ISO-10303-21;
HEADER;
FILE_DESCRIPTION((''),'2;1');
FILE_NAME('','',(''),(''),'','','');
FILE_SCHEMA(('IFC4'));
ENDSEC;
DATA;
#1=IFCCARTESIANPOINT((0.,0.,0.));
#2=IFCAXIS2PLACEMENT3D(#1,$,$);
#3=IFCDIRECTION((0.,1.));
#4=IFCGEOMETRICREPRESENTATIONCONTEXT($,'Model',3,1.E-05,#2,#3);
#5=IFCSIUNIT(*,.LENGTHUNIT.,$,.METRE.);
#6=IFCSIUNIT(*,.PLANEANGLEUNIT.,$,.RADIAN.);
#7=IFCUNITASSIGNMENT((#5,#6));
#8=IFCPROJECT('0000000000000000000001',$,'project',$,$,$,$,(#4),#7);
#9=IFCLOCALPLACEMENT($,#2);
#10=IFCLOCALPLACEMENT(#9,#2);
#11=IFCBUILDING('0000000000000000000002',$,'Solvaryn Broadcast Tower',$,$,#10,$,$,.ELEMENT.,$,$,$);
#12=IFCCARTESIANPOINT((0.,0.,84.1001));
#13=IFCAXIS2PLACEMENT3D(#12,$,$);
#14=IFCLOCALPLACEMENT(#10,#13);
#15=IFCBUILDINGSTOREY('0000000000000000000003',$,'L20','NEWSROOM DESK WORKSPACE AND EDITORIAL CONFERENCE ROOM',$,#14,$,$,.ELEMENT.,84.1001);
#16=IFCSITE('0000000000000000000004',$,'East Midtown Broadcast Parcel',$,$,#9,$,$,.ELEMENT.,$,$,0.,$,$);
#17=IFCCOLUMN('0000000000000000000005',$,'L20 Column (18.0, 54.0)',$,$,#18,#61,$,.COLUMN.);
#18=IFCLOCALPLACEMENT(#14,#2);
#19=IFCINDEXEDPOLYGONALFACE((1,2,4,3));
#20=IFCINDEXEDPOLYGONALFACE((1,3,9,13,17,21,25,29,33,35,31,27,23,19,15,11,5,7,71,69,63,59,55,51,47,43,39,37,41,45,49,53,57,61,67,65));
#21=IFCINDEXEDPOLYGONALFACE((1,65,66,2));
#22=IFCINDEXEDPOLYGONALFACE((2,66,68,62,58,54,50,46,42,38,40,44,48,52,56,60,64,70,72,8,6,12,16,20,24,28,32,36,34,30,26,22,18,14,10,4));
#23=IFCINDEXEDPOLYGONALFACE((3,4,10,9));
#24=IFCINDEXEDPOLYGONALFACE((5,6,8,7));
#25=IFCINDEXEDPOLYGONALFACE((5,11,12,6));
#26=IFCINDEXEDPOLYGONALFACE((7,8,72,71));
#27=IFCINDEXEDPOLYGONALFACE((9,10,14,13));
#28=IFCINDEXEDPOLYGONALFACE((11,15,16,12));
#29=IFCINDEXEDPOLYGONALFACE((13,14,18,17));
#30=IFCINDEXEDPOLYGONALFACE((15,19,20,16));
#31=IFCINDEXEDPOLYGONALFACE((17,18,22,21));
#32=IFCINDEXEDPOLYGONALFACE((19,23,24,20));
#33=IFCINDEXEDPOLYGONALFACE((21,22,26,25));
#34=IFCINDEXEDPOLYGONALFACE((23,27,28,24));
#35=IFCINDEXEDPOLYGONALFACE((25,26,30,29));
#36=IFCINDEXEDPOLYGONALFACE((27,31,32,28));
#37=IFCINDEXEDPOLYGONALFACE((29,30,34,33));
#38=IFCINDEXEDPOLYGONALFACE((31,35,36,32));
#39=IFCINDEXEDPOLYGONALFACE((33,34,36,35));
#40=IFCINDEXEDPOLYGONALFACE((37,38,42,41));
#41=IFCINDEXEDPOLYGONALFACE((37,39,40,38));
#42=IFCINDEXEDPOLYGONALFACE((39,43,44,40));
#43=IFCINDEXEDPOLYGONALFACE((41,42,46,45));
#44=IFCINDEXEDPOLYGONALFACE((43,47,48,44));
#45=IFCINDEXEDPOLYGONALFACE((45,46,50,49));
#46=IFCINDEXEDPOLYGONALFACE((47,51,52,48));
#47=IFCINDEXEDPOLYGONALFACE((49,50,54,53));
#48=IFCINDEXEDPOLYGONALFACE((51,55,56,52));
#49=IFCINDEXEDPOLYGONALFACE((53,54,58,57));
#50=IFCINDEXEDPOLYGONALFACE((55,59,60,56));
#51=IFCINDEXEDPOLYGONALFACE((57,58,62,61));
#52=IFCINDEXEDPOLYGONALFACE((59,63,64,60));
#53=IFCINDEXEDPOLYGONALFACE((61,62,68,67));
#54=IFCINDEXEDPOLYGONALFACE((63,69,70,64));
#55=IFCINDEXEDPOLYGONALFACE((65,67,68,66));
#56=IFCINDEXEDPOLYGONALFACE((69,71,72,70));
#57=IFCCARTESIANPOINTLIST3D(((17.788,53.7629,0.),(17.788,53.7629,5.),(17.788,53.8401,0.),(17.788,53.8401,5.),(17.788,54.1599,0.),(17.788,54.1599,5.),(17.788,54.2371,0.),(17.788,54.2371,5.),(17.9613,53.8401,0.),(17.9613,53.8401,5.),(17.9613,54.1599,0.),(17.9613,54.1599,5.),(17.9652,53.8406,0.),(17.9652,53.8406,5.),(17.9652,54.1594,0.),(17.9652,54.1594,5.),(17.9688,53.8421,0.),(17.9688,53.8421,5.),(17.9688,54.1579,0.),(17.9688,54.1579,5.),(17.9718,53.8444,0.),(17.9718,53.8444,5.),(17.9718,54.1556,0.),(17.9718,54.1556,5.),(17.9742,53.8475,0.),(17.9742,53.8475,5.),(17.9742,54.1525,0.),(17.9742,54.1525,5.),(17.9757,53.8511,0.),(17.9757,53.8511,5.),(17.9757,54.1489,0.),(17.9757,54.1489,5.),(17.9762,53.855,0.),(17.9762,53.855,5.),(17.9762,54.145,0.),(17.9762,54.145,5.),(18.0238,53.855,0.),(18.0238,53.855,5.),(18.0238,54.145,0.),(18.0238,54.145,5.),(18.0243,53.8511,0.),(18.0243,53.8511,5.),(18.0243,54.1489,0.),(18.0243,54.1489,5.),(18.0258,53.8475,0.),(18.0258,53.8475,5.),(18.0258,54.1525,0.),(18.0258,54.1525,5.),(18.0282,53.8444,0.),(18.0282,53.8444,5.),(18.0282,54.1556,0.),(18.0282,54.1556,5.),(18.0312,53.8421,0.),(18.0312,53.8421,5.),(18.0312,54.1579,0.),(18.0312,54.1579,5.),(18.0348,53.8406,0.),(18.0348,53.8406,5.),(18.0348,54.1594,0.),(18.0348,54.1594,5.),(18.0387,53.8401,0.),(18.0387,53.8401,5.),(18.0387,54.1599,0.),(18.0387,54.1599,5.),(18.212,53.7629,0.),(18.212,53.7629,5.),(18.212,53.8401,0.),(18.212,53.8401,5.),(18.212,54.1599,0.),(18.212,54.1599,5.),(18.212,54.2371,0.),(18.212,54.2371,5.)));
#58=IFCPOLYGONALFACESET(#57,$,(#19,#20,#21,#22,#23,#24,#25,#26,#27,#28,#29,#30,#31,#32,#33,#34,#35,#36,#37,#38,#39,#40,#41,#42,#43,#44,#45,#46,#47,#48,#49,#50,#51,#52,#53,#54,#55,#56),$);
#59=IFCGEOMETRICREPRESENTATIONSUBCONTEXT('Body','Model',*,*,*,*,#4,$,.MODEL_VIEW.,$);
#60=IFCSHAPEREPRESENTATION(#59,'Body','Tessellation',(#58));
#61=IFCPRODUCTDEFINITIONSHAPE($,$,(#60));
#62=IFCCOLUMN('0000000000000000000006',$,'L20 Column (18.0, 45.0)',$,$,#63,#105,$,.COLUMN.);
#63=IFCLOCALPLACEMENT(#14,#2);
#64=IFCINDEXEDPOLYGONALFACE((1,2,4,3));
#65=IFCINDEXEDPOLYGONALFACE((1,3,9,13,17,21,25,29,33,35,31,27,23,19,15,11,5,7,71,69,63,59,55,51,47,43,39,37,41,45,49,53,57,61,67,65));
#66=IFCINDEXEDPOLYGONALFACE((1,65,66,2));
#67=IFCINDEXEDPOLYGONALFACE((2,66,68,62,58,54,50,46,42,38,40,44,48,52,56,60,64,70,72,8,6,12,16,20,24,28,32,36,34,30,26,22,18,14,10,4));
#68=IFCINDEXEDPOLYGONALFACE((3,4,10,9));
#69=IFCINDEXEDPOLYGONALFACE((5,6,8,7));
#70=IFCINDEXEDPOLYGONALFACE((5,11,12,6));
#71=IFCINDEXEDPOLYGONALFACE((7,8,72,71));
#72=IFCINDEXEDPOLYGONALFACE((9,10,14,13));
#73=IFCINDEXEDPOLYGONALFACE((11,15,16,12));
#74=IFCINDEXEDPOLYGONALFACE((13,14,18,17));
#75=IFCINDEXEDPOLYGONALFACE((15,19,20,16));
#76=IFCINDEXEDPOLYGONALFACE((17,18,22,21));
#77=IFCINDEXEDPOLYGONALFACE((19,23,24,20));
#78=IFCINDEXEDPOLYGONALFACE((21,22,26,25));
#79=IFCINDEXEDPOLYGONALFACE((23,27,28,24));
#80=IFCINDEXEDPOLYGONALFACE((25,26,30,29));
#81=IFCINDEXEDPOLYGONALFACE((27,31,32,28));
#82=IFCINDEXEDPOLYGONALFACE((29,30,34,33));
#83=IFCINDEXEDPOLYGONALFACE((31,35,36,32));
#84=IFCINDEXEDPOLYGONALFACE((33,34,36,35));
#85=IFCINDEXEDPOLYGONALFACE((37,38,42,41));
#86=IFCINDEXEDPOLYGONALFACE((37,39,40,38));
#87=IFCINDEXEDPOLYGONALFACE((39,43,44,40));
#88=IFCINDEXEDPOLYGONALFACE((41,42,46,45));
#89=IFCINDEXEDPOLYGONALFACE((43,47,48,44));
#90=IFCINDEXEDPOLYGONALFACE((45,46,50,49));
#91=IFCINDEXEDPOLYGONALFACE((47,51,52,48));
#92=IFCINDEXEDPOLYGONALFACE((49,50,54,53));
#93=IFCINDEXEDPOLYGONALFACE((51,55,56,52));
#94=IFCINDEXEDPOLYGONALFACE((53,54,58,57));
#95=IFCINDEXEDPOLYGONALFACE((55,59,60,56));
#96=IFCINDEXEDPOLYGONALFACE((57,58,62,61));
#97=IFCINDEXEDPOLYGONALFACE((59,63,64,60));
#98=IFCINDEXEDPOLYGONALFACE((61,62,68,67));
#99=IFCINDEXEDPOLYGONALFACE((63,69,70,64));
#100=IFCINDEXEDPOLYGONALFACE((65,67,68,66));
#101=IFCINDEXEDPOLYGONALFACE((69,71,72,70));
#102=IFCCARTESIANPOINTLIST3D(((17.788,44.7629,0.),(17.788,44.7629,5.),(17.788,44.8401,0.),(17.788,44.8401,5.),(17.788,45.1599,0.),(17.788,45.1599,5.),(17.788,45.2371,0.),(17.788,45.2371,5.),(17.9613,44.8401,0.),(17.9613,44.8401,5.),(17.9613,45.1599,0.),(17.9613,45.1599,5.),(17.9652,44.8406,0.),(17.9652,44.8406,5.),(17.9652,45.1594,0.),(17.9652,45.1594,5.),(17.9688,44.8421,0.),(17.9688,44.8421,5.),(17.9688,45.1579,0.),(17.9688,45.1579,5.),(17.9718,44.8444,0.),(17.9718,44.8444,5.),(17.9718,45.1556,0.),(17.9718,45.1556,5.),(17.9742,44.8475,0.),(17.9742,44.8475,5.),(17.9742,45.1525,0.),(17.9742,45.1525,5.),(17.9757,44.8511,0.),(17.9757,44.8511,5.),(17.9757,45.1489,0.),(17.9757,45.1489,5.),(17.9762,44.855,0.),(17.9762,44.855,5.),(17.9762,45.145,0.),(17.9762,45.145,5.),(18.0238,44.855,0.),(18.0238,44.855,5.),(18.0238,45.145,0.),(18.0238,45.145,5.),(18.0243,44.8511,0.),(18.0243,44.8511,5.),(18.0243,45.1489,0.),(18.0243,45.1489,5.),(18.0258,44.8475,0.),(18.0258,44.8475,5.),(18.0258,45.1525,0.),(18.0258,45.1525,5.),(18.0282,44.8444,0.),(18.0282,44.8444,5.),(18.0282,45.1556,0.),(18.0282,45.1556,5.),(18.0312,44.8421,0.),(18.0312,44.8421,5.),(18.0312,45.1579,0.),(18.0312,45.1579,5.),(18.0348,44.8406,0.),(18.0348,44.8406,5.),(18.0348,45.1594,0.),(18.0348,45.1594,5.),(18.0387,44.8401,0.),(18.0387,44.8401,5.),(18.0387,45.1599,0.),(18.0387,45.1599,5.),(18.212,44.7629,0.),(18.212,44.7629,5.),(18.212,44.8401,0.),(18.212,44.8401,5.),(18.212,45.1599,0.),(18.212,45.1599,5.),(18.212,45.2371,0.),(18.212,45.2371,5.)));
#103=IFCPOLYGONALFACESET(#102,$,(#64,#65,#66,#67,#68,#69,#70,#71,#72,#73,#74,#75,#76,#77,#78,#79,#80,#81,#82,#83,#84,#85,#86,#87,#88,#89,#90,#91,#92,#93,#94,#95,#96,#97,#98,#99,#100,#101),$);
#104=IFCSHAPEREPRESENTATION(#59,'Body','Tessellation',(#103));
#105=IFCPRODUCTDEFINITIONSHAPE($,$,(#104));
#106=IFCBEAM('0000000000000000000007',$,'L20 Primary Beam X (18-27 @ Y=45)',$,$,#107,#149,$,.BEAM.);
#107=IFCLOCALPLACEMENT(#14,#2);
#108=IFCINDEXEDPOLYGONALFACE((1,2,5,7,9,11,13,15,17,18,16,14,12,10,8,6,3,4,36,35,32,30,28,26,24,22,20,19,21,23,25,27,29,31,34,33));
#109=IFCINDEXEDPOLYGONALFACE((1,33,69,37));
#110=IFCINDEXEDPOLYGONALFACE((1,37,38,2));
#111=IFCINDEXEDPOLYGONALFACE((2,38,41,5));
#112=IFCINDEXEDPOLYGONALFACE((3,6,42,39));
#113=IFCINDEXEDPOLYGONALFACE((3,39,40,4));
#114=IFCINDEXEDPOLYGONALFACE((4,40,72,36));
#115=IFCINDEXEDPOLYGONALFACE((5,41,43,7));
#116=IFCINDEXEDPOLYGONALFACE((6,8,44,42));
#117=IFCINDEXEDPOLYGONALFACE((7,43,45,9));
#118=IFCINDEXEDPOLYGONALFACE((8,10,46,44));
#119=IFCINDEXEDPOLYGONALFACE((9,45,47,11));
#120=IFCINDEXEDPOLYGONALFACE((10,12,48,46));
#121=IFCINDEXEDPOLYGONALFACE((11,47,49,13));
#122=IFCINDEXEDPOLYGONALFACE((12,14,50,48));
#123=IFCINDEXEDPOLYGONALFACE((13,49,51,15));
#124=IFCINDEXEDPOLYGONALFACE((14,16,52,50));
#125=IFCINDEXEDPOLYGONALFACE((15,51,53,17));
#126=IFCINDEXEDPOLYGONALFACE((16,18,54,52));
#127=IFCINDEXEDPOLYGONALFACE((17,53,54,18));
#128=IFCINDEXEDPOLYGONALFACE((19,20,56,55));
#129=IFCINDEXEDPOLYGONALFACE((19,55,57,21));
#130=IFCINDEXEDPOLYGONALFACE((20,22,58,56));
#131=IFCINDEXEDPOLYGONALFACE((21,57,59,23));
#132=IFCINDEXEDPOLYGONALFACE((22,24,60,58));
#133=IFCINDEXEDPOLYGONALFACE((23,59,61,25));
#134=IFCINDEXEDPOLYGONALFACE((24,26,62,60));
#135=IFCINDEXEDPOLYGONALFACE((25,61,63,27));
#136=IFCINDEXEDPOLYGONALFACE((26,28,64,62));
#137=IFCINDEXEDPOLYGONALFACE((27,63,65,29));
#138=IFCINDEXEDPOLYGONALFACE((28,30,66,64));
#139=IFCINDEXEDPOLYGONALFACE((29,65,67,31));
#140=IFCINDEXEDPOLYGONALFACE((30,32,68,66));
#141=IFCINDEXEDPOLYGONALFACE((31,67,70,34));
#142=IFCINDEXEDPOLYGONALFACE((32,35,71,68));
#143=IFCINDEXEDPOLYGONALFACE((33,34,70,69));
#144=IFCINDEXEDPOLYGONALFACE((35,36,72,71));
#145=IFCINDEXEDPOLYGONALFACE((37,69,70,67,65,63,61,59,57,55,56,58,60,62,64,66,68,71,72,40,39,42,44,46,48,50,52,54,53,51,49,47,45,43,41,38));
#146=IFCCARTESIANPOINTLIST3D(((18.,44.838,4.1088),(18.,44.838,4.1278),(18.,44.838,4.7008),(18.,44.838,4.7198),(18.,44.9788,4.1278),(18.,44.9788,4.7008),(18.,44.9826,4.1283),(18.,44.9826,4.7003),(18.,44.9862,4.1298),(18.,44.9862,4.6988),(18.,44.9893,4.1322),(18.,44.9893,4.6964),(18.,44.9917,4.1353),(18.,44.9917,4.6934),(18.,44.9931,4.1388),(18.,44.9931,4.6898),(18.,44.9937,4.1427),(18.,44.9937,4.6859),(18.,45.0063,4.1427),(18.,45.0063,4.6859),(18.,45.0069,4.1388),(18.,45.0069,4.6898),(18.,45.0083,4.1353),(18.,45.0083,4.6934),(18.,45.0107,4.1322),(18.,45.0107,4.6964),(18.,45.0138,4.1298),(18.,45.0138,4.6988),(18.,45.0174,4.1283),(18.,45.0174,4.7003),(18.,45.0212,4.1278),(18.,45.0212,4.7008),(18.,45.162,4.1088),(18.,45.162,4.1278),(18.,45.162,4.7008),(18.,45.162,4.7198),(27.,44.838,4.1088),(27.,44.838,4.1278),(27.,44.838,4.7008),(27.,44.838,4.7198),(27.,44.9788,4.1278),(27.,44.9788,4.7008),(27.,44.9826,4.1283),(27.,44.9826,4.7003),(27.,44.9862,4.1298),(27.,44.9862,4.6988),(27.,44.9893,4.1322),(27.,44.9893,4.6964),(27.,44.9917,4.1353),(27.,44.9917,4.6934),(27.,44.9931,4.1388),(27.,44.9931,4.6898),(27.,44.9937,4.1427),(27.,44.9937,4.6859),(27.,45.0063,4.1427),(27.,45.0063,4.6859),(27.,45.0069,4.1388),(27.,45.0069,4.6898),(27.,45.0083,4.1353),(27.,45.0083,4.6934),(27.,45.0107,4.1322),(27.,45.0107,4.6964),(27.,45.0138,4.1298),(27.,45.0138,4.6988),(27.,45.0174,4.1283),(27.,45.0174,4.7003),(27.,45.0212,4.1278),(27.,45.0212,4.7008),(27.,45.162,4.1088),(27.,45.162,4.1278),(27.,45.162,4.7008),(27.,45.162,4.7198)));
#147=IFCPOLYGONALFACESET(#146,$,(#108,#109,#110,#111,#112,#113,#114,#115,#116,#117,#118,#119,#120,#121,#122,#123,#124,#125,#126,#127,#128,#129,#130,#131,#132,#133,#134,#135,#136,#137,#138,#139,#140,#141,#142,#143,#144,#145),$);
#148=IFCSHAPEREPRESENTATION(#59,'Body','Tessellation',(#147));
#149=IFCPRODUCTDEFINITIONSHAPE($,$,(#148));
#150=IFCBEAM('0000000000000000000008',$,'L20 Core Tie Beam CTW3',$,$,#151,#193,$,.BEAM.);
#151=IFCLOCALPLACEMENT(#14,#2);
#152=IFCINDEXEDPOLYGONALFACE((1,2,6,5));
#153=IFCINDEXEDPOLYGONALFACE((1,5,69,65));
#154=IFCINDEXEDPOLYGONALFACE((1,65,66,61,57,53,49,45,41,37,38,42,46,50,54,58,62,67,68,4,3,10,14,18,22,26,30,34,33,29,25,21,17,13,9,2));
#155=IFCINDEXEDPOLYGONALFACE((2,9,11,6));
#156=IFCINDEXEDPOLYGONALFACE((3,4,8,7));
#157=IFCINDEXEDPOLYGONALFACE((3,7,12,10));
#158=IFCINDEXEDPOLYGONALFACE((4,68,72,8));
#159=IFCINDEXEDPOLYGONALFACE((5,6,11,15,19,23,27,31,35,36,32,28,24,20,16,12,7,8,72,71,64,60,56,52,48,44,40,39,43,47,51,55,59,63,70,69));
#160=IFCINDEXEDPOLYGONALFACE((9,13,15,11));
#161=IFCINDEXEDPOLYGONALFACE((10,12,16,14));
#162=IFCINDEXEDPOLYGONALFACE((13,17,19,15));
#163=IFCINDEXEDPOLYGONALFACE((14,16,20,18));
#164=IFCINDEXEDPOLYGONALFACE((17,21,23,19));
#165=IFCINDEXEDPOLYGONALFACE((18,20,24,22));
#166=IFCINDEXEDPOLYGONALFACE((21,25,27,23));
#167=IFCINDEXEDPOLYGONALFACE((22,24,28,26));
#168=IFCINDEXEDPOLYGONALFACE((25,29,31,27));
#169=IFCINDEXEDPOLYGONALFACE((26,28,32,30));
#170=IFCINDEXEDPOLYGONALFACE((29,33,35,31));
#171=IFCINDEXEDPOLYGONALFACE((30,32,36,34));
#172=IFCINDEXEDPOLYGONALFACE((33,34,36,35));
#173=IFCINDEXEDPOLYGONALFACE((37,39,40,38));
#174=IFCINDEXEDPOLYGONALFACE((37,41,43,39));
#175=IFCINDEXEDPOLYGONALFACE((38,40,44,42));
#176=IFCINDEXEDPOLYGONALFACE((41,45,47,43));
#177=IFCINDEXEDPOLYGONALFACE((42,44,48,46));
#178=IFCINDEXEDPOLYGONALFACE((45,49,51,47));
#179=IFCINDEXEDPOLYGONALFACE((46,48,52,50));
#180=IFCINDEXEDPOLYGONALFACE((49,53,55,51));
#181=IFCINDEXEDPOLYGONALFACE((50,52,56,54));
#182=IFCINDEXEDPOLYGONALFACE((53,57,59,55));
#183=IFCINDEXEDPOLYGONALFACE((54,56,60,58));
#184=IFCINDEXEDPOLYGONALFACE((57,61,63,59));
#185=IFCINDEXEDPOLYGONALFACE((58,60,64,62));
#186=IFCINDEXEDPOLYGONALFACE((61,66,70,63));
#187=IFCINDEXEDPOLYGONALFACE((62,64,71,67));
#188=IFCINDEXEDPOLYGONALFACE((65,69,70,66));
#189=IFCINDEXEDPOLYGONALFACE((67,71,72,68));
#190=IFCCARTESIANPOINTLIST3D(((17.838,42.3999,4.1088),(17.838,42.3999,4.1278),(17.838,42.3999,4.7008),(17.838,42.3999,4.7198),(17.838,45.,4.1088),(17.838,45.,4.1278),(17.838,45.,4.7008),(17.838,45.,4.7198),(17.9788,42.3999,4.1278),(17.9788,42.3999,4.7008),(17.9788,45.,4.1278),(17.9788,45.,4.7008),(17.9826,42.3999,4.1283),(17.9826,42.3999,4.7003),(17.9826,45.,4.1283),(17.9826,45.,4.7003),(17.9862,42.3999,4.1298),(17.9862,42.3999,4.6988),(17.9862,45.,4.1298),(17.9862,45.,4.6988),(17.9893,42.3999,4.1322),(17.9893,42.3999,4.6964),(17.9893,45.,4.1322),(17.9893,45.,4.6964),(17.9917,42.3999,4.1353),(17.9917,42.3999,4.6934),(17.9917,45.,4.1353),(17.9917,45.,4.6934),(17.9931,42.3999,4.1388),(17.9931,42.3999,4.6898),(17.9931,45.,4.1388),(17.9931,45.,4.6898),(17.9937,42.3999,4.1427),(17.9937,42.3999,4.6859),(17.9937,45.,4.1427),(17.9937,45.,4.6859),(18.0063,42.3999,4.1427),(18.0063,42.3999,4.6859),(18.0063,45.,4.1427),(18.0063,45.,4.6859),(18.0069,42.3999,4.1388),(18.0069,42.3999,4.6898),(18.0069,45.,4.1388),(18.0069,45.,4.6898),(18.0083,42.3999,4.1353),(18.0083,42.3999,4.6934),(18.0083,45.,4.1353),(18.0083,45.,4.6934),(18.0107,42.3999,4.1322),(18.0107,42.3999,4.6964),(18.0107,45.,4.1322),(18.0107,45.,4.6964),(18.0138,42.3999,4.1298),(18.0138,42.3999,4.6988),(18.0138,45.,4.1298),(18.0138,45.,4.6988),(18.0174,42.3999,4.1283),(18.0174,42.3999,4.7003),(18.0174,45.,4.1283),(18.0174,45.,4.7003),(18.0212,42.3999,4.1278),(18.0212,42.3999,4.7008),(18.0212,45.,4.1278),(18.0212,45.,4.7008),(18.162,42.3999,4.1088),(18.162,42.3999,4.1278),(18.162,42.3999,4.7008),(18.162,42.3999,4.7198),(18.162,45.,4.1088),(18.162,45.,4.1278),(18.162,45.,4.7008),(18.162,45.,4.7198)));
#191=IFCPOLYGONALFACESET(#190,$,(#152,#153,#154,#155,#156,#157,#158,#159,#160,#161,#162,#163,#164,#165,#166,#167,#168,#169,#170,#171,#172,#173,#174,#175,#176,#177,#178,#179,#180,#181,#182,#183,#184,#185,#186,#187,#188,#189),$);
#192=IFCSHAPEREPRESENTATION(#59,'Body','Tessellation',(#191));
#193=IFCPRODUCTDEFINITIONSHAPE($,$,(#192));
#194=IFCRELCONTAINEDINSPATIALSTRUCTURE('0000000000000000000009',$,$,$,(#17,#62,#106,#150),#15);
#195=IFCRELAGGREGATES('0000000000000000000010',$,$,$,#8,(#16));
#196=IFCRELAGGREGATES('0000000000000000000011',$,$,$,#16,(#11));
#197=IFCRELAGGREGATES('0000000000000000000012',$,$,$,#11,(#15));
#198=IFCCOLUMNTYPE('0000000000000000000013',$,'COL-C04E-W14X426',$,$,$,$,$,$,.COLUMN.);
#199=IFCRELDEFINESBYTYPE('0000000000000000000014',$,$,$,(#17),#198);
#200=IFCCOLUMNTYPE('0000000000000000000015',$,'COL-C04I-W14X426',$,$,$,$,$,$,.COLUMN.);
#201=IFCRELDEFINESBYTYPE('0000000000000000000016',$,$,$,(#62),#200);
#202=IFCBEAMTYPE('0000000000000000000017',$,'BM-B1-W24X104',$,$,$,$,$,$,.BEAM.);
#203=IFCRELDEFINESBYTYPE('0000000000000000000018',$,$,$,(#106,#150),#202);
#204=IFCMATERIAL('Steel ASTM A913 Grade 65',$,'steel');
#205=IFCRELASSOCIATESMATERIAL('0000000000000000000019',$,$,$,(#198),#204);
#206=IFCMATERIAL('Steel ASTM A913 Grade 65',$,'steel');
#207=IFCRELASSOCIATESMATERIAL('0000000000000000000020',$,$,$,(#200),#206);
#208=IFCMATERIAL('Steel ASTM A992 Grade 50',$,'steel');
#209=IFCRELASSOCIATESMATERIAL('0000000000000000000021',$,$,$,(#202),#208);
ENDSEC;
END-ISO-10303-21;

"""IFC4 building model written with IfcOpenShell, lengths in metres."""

from ifc_helpers import new_model, si_unit, direction, frame, origin, origin_2d, place, context, subcontext, project, spatial, i_section, extrude, material, material_profile, profile_set, type_object, element, save


model = new_model("IFC4")

# Units and contexts
model_context = context("Model", 3, precision=1e-05, world=origin(), true_north=direction((0.0, 1.0)))
body_context = subcontext(model_context, "Body", "Model", "MODEL_VIEW")
ifc_project = project(units=[si_unit("LENGTHUNIT", "METRE"), si_unit("PLANEANGLEUNIT", "RADIAN")], contexts=[model_context])

# Site, building, storey
site_placement = place(None, origin())
site = spatial("IfcSite", under=ifc_project, at=site_placement, Name="East Midtown Broadcast Parcel", CompositionType="ELEMENT", RefElevation=0.0)
building_placement = place(site_placement, origin())
building = spatial("IfcBuilding", under=site, at=building_placement, Name="Solvaryn Broadcast Tower", CompositionType="ELEMENT")
storey_placement = place(building_placement, frame((0.0, 0.0, 84.1001)))
storey = spatial("IfcBuildingStorey", under=building, at=storey_placement, Name="L20", Description="NEWSROOM DESK WORKSPACE AND EDITORIAL CONFERENCE ROOM", CompositionType="ELEMENT", Elevation=84.1001)

# Columns
ifc_material_1 = material(Name="Steel ASTM A913 Grade 65", Category="steel")
ifc_material_profile_1 = material_profile(ifc_material_1, i_section(OverallWidth=0.4241, OverallDepth=0.4741, WebThickness=0.0476, FlangeThickness=0.0771, FilletRadius=0.0149, at=origin_2d()))
ifc_profile_set_1 = profile_set([ifc_material_profile_1], Name="Steel ASTM A913 Grade 65")
column_type_1 = type_object("IfcColumnType", Name="COL-C04E-W14X426", PredefinedType="COLUMN", material=ifc_profile_set_1)
column_1_placement = place(storey_placement, frame((18.0, 54.0, 0.0), z_axis=(0.0, 0.0, 1.0), x_axis=(1.0, 0.0, 0.0)))
element("IfcColumn", 1, at=column_1_placement, inside=storey, type_object=column_type_1, Name="L20 Column (18.0, 54.0)", PredefinedType="COLUMN", context=body_context, shape_type="SweptSolid", body=[
    extrude(i_section(OverallWidth=0.4241, OverallDepth=0.4741, WebThickness=0.0476, FlangeThickness=0.0771, FilletRadius=0.0149, at=origin_2d()), origin(), (0.0, 0.0, 1.0), 5.0),
])
ifc_material_2 = material(Name="Steel ASTM A913 Grade 65", Category="steel")
ifc_material_profile_2 = material_profile(ifc_material_2, i_section(OverallWidth=0.4241, OverallDepth=0.4741, WebThickness=0.0476, FlangeThickness=0.0771, FilletRadius=0.0149, at=origin_2d()))
ifc_profile_set_2 = profile_set([ifc_material_profile_2], Name="Steel ASTM A913 Grade 65")
column_type_2 = type_object("IfcColumnType", Name="COL-C04I-W14X426", PredefinedType="COLUMN", material=ifc_profile_set_2)
column_2_placement = place(storey_placement, frame((18.0, 45.0, 0.0), z_axis=(0.0, 0.0, 1.0), x_axis=(1.0, 0.0, 0.0)))
element("IfcColumn", 2, at=column_2_placement, inside=storey, type_object=column_type_2, Name="L20 Column (18.0, 45.0)", PredefinedType="COLUMN", context=body_context, shape_type="SweptSolid", body=[
    extrude(i_section(OverallWidth=0.4241, OverallDepth=0.4741, WebThickness=0.0476, FlangeThickness=0.0771, FilletRadius=0.0149, at=origin_2d()), origin(), (0.0, 0.0, 1.0), 5.0),
])

# Beams
ifc_material_3 = material(Name="Steel ASTM A992 Grade 50", Category="steel")
ifc_material_profile_3 = material_profile(ifc_material_3, i_section(OverallWidth=0.324, OverallDepth=0.6111, WebThickness=0.0127, FlangeThickness=0.019, FilletRadius=0.0149, at=origin_2d()))
ifc_profile_set_3 = profile_set([ifc_material_profile_3], Name="Steel ASTM A992 Grade 50")
beam_type_1 = type_object("IfcBeamType", Name="BM-B1-W24X104", PredefinedType="BEAM", material=ifc_profile_set_3)
beam_1_placement = place(storey_placement, frame((18.0, 45.0, 4.4143), z_axis=(1.0, 0.0, 0.0), x_axis=(0.0, 1.0, 0.0)))
element("IfcBeam", 3, at=beam_1_placement, inside=storey, type_object=beam_type_1, Name="L20 Primary Beam X (18-27 @ Y=45)", PredefinedType="BEAM", context=body_context, shape_type="SweptSolid", body=[
    extrude(i_section(OverallWidth=0.324, OverallDepth=0.6111, WebThickness=0.0127, FlangeThickness=0.019, FilletRadius=0.0149, at=origin_2d()), origin(), (0.0, 0.0, 1.0), 9.0),
])
beam_2_placement = place(storey_placement, frame((18.0, 42.3999, 4.4143), z_axis=(0.0, 1.0, 0.0), x_axis=(-1.0, 0.0, 0.0)))
element("IfcBeam", 4, at=beam_2_placement, inside=storey, type_object=beam_type_1, Name="L20 Core Tie Beam CTW3", PredefinedType="BEAM", context=body_context, shape_type="SweptSolid", body=[
    extrude(i_section(OverallWidth=0.324, OverallDepth=0.6111, WebThickness=0.0127, FlangeThickness=0.019, FilletRadius=0.0149, at=origin_2d()), origin(), (0.0, 0.0, 1.0), 2.6001),
])

save(model, "model.ifc")
